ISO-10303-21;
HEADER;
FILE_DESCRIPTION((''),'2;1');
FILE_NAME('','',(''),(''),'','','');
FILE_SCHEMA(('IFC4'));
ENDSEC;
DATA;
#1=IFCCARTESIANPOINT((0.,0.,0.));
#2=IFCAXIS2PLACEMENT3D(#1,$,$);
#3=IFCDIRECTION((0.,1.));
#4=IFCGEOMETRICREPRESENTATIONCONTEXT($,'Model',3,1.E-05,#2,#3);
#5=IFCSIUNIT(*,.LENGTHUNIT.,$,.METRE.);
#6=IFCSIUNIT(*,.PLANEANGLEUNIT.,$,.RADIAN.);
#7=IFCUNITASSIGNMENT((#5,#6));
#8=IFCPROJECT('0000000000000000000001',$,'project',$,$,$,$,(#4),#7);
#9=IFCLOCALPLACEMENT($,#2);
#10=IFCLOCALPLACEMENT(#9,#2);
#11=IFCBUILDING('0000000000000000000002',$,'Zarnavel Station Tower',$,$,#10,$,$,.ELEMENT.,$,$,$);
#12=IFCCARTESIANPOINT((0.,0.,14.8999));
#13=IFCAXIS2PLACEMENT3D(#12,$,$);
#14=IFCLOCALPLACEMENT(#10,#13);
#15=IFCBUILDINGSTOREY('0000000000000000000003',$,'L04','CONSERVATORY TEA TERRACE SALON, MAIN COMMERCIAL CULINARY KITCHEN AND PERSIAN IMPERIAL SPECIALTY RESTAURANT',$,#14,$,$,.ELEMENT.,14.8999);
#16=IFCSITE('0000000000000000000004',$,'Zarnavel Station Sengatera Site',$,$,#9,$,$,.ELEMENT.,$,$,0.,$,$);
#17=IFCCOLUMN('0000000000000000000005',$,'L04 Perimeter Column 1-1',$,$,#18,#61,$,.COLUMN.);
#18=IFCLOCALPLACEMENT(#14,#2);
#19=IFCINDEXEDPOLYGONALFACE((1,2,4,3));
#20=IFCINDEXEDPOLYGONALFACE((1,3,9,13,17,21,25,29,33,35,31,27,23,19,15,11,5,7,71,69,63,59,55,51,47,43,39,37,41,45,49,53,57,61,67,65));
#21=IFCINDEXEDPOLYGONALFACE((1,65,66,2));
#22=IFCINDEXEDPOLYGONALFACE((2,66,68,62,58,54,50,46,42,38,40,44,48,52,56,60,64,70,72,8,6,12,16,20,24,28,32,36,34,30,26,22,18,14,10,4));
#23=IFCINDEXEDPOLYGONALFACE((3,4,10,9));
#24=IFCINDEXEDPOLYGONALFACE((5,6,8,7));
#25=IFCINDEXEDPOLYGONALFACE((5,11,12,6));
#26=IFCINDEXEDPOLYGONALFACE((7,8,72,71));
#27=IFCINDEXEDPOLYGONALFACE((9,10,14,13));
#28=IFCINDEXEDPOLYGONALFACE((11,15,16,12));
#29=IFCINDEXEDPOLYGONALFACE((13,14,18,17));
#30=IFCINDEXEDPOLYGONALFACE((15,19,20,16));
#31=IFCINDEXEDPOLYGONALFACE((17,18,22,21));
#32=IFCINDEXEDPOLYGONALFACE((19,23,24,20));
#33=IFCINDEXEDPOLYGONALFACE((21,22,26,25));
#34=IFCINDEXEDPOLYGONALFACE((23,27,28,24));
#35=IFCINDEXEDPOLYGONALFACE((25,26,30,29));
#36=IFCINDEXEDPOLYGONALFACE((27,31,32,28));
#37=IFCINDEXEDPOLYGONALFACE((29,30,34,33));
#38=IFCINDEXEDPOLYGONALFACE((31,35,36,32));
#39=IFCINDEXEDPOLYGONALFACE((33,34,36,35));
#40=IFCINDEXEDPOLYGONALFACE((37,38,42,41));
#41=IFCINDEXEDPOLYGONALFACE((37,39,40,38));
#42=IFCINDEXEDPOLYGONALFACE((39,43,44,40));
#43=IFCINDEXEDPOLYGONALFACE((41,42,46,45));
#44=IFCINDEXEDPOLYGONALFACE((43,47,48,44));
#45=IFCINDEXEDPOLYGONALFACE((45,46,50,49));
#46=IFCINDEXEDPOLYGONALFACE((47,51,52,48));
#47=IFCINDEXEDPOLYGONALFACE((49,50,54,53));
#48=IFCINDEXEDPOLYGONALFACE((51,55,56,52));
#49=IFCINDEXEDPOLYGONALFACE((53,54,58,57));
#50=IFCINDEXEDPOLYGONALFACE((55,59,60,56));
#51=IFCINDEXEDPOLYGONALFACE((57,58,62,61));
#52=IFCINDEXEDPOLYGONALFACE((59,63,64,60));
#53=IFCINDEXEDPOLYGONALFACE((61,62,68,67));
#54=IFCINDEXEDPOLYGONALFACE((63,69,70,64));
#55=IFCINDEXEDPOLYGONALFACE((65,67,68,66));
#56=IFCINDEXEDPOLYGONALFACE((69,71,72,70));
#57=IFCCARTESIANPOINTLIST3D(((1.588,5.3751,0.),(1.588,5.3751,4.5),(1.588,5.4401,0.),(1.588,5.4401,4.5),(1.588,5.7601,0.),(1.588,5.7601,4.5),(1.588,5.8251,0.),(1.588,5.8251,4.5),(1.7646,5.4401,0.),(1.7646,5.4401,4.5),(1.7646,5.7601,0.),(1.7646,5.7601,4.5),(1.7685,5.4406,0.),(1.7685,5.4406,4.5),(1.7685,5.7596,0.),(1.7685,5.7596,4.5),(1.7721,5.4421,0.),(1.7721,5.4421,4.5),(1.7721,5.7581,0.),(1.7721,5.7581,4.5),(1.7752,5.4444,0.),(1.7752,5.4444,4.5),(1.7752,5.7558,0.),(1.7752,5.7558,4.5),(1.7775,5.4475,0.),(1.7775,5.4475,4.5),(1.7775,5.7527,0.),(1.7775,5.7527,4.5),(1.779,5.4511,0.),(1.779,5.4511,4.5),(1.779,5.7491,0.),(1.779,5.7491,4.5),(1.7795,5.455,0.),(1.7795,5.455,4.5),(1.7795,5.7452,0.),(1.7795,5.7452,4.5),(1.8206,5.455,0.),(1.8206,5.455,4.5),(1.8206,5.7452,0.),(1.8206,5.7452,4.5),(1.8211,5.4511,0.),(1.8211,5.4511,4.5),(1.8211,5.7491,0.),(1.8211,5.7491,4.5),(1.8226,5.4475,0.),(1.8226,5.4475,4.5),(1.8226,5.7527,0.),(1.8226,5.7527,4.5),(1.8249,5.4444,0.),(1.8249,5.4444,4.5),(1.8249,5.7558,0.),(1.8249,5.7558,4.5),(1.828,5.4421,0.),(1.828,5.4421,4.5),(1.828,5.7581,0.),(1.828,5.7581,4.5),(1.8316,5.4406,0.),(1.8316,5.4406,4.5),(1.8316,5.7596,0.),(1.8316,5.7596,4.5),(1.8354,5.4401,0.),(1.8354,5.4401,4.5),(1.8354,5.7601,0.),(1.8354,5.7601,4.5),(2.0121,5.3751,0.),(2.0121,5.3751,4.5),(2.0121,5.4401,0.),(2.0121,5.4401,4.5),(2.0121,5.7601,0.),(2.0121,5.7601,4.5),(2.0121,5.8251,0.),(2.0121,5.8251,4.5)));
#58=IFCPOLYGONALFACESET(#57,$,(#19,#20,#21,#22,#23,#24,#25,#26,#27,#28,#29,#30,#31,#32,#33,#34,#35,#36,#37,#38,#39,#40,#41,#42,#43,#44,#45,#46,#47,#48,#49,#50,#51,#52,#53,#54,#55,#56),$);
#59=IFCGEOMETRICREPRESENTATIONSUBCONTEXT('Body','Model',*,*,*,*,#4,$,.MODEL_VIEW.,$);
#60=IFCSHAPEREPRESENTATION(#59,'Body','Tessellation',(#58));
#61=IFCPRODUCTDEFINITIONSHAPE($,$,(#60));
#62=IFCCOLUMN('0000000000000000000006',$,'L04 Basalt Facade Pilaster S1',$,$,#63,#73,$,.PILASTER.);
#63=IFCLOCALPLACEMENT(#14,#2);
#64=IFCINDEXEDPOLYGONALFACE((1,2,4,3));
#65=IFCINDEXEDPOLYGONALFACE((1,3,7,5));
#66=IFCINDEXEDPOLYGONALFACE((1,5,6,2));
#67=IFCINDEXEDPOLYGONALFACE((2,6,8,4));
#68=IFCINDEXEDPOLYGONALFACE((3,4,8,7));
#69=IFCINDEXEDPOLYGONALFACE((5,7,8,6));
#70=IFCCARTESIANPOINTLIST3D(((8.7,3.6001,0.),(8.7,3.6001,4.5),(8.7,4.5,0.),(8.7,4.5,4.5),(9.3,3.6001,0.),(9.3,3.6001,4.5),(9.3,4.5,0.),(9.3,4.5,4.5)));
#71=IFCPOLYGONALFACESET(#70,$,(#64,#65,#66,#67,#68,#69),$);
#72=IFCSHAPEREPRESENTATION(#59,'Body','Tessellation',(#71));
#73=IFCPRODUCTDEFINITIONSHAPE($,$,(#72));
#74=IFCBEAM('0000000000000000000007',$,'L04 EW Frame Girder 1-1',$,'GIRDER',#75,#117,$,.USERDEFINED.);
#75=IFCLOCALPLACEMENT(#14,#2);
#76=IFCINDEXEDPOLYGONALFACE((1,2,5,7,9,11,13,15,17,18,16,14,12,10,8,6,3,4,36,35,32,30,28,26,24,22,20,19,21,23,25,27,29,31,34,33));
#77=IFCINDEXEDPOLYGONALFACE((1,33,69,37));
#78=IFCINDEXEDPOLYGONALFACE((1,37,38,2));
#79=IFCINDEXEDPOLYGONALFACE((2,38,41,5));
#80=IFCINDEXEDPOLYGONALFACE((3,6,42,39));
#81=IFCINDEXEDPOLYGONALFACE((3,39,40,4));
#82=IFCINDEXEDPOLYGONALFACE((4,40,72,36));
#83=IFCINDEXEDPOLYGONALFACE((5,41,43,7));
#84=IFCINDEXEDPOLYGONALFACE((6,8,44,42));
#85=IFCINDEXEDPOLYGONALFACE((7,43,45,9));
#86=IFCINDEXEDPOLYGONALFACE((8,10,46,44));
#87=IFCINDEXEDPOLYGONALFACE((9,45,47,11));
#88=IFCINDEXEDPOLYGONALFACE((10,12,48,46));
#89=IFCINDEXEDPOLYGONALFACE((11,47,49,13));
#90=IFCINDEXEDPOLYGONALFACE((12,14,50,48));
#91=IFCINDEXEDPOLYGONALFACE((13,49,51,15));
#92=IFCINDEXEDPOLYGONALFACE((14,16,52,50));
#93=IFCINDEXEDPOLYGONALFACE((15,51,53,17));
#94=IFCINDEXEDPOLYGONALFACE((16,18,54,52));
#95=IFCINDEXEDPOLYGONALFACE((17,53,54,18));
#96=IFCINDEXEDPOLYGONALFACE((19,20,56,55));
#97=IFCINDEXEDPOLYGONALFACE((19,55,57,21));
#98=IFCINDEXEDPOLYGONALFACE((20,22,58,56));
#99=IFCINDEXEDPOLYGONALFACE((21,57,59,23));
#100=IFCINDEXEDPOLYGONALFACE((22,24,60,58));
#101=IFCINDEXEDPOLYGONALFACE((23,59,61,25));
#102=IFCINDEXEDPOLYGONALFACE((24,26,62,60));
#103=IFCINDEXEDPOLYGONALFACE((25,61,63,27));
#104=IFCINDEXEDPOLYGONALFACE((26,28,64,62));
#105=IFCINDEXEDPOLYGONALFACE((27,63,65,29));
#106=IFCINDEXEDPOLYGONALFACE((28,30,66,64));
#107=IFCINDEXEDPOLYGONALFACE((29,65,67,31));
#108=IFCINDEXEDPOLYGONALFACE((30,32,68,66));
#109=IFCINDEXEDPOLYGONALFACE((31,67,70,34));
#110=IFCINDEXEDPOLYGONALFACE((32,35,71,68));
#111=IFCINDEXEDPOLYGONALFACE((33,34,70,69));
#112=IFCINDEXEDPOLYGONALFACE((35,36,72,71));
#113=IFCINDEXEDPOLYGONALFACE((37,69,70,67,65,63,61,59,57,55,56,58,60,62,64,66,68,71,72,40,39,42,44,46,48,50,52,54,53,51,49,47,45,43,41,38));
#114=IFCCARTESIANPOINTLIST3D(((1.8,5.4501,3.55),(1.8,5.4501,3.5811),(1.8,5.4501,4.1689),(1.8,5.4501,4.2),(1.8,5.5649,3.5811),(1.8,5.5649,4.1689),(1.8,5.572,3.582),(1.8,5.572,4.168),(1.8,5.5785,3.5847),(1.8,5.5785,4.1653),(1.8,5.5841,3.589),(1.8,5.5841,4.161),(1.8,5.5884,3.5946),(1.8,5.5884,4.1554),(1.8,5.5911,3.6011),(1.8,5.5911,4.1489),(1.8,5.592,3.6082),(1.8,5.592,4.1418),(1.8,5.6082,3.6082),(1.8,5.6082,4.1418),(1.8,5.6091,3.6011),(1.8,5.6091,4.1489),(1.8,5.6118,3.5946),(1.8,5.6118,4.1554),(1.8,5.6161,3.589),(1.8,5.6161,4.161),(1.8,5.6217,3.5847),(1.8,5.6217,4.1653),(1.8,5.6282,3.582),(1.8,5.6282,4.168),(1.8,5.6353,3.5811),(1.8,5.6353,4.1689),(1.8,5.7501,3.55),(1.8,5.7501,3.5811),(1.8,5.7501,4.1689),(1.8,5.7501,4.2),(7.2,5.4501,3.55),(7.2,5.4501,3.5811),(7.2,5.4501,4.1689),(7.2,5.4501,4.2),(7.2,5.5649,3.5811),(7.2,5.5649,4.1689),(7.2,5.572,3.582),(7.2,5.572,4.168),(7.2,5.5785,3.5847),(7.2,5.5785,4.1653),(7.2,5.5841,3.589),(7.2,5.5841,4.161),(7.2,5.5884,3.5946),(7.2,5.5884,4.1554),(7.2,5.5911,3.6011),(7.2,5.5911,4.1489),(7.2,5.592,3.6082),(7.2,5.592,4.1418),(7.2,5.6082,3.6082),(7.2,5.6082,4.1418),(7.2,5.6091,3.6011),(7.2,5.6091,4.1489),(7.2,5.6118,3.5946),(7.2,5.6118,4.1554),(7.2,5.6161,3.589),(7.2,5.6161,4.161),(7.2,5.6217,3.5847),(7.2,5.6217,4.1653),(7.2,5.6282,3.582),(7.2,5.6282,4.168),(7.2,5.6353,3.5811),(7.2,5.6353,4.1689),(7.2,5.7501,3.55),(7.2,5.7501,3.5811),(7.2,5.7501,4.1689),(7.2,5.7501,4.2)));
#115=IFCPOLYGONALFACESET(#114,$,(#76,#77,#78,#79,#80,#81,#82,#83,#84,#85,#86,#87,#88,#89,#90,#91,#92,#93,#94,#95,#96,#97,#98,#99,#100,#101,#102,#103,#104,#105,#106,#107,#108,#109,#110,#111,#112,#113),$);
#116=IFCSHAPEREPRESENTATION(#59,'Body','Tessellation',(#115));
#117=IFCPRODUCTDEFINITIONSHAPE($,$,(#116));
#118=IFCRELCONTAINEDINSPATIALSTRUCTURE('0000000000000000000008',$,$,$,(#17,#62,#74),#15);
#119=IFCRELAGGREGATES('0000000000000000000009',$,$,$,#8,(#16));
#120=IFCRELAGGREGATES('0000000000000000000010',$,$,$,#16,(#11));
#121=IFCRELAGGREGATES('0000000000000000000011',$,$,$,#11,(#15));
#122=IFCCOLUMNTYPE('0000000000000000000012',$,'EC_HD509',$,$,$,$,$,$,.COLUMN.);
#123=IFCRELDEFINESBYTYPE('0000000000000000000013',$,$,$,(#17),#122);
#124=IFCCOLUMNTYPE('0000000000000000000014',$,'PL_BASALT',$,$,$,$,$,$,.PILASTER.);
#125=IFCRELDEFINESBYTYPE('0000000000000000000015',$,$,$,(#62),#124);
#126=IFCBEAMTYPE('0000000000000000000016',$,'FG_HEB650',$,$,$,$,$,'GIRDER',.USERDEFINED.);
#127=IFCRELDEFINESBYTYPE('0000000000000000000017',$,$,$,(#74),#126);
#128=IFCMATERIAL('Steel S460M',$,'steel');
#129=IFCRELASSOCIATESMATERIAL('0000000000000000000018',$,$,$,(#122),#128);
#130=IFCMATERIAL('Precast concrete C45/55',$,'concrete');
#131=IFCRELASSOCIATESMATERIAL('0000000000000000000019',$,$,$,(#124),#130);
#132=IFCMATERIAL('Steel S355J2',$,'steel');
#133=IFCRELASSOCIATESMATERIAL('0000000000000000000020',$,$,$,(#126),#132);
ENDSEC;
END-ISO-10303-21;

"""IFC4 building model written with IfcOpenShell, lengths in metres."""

from ifc_helpers import new_model, si_unit, direction, frame, origin, origin_2d, place, context, subcontext, project, spatial, rectangle, i_section, extrude, material, material_profile, profile_set, type_object, element, save


model = new_model("IFC4")

# Units and contexts
model_context = context("Model", 3, precision=1e-05, world=origin(), true_north=direction((0.0, 1.0)))
body_context = subcontext(model_context, "Body", "Model", "MODEL_VIEW")
ifc_project = project(units=[si_unit("LENGTHUNIT", "METRE"), si_unit("PLANEANGLEUNIT", "RADIAN")], contexts=[model_context])

# Site, building, storey
site_placement = place(None, origin())
site = spatial("IfcSite", under=ifc_project, at=site_placement, Name="Zarnavel Station Sengatera Site", CompositionType="ELEMENT", RefElevation=0.0)
building_placement = place(site_placement, origin())
building = spatial("IfcBuilding", under=site, at=building_placement, Name="Zarnavel Station Tower", CompositionType="ELEMENT")
storey_placement = place(building_placement, frame((0.0, 0.0, 14.8999)))
storey = spatial("IfcBuildingStorey", under=building, at=storey_placement, Name="L04", Description="CONSERVATORY TEA TERRACE SALON, MAIN COMMERCIAL CULINARY KITCHEN AND PERSIAN IMPERIAL SPECIALTY RESTAURANT", CompositionType="ELEMENT", Elevation=14.8999)

# Columns
ifc_material_1 = material(Name="Steel S460M", Category="steel")
ifc_material_profile_1 = material_profile(ifc_material_1, i_section(OverallWidth=0.4241, OverallDepth=0.45, WebThickness=0.041, FlangeThickness=0.0649, FilletRadius=0.0149, at=origin_2d()), Name="HD400x509")
ifc_profile_set_1 = profile_set([ifc_material_profile_1], Name="Steel S460M")
column_type_1 = type_object("IfcColumnType", Name="EC_HD509", PredefinedType="COLUMN", material=ifc_profile_set_1)
column_1_placement = place(storey_placement, frame((1.8, 5.6001, 0.0), z_axis=(0.0, 0.0, 1.0), x_axis=(1.0, 0.0, 0.0)))
element("IfcColumn", 1, at=column_1_placement, inside=storey, type_object=column_type_1, Name="L04 Perimeter Column 1-1", PredefinedType="COLUMN", context=body_context, shape_type="SweptSolid", body=[
    extrude(i_section(OverallWidth=0.4241, OverallDepth=0.45, WebThickness=0.041, FlangeThickness=0.0649, FilletRadius=0.0149, at=origin_2d()), origin(), (0.0, 0.0, 1.0), 4.5),
])
ifc_material_2 = material(Name="Precast concrete C45/55", Category="concrete")
ifc_material_profile_2 = material_profile(ifc_material_2, rectangle(XDim=0.6001, YDim=0.8999, at=origin_2d()), Name="RC600x900")
ifc_profile_set_2 = profile_set([ifc_material_profile_2], Name="Precast concrete C45/55")
column_type_2 = type_object("IfcColumnType", Name="PL_BASALT", PredefinedType="PILASTER", material=ifc_profile_set_2)
column_2_placement = place(storey_placement, frame((9.0, 4.05, 0.0), z_axis=(0.0, 0.0, 1.0), x_axis=(1.0, 0.0, 0.0)))
element("IfcColumn", 2, at=column_2_placement, inside=storey, type_object=column_type_2, Name="L04 Basalt Facade Pilaster S1", PredefinedType="PILASTER", context=body_context, shape_type="SweptSolid", body=[
    extrude(rectangle(XDim=0.6001, YDim=0.8999, at=origin_2d()), origin(), (0.0, 0.0, 1.0), 4.5),
])

# Beam
ifc_material_3 = material(Name="Steel S355J2", Category="steel")
ifc_material_profile_3 = material_profile(ifc_material_3, i_section(OverallWidth=0.3, OverallDepth=0.6499, WebThickness=0.0161, FlangeThickness=0.031, FilletRadius=0.0271, at=origin_2d()), Name="HEB650")
ifc_profile_set_3 = profile_set([ifc_material_profile_3], Name="Steel S355J2")
beam_type = type_object("IfcBeamType", Name="FG_HEB650", ElementType="GIRDER", PredefinedType="USERDEFINED", material=ifc_profile_set_3)
beam_placement = place(storey_placement, frame((1.8, 5.6001, 3.875), z_axis=(1.0, 0.0, 0.0), x_axis=(0.0, 1.0, 0.0)))
element("IfcBeam", 3, at=beam_placement, inside=storey, type_object=beam_type, Name="L04 EW Frame Girder 1-1", ObjectType="GIRDER", PredefinedType="USERDEFINED", context=body_context, shape_type="SweptSolid", body=[
    extrude(i_section(OverallWidth=0.3, OverallDepth=0.6499, WebThickness=0.0161, FlangeThickness=0.031, FilletRadius=0.0271, at=origin_2d()), origin(), (0.0, 0.0, 1.0), 5.3999),
])

save(model, "model.ifc")
